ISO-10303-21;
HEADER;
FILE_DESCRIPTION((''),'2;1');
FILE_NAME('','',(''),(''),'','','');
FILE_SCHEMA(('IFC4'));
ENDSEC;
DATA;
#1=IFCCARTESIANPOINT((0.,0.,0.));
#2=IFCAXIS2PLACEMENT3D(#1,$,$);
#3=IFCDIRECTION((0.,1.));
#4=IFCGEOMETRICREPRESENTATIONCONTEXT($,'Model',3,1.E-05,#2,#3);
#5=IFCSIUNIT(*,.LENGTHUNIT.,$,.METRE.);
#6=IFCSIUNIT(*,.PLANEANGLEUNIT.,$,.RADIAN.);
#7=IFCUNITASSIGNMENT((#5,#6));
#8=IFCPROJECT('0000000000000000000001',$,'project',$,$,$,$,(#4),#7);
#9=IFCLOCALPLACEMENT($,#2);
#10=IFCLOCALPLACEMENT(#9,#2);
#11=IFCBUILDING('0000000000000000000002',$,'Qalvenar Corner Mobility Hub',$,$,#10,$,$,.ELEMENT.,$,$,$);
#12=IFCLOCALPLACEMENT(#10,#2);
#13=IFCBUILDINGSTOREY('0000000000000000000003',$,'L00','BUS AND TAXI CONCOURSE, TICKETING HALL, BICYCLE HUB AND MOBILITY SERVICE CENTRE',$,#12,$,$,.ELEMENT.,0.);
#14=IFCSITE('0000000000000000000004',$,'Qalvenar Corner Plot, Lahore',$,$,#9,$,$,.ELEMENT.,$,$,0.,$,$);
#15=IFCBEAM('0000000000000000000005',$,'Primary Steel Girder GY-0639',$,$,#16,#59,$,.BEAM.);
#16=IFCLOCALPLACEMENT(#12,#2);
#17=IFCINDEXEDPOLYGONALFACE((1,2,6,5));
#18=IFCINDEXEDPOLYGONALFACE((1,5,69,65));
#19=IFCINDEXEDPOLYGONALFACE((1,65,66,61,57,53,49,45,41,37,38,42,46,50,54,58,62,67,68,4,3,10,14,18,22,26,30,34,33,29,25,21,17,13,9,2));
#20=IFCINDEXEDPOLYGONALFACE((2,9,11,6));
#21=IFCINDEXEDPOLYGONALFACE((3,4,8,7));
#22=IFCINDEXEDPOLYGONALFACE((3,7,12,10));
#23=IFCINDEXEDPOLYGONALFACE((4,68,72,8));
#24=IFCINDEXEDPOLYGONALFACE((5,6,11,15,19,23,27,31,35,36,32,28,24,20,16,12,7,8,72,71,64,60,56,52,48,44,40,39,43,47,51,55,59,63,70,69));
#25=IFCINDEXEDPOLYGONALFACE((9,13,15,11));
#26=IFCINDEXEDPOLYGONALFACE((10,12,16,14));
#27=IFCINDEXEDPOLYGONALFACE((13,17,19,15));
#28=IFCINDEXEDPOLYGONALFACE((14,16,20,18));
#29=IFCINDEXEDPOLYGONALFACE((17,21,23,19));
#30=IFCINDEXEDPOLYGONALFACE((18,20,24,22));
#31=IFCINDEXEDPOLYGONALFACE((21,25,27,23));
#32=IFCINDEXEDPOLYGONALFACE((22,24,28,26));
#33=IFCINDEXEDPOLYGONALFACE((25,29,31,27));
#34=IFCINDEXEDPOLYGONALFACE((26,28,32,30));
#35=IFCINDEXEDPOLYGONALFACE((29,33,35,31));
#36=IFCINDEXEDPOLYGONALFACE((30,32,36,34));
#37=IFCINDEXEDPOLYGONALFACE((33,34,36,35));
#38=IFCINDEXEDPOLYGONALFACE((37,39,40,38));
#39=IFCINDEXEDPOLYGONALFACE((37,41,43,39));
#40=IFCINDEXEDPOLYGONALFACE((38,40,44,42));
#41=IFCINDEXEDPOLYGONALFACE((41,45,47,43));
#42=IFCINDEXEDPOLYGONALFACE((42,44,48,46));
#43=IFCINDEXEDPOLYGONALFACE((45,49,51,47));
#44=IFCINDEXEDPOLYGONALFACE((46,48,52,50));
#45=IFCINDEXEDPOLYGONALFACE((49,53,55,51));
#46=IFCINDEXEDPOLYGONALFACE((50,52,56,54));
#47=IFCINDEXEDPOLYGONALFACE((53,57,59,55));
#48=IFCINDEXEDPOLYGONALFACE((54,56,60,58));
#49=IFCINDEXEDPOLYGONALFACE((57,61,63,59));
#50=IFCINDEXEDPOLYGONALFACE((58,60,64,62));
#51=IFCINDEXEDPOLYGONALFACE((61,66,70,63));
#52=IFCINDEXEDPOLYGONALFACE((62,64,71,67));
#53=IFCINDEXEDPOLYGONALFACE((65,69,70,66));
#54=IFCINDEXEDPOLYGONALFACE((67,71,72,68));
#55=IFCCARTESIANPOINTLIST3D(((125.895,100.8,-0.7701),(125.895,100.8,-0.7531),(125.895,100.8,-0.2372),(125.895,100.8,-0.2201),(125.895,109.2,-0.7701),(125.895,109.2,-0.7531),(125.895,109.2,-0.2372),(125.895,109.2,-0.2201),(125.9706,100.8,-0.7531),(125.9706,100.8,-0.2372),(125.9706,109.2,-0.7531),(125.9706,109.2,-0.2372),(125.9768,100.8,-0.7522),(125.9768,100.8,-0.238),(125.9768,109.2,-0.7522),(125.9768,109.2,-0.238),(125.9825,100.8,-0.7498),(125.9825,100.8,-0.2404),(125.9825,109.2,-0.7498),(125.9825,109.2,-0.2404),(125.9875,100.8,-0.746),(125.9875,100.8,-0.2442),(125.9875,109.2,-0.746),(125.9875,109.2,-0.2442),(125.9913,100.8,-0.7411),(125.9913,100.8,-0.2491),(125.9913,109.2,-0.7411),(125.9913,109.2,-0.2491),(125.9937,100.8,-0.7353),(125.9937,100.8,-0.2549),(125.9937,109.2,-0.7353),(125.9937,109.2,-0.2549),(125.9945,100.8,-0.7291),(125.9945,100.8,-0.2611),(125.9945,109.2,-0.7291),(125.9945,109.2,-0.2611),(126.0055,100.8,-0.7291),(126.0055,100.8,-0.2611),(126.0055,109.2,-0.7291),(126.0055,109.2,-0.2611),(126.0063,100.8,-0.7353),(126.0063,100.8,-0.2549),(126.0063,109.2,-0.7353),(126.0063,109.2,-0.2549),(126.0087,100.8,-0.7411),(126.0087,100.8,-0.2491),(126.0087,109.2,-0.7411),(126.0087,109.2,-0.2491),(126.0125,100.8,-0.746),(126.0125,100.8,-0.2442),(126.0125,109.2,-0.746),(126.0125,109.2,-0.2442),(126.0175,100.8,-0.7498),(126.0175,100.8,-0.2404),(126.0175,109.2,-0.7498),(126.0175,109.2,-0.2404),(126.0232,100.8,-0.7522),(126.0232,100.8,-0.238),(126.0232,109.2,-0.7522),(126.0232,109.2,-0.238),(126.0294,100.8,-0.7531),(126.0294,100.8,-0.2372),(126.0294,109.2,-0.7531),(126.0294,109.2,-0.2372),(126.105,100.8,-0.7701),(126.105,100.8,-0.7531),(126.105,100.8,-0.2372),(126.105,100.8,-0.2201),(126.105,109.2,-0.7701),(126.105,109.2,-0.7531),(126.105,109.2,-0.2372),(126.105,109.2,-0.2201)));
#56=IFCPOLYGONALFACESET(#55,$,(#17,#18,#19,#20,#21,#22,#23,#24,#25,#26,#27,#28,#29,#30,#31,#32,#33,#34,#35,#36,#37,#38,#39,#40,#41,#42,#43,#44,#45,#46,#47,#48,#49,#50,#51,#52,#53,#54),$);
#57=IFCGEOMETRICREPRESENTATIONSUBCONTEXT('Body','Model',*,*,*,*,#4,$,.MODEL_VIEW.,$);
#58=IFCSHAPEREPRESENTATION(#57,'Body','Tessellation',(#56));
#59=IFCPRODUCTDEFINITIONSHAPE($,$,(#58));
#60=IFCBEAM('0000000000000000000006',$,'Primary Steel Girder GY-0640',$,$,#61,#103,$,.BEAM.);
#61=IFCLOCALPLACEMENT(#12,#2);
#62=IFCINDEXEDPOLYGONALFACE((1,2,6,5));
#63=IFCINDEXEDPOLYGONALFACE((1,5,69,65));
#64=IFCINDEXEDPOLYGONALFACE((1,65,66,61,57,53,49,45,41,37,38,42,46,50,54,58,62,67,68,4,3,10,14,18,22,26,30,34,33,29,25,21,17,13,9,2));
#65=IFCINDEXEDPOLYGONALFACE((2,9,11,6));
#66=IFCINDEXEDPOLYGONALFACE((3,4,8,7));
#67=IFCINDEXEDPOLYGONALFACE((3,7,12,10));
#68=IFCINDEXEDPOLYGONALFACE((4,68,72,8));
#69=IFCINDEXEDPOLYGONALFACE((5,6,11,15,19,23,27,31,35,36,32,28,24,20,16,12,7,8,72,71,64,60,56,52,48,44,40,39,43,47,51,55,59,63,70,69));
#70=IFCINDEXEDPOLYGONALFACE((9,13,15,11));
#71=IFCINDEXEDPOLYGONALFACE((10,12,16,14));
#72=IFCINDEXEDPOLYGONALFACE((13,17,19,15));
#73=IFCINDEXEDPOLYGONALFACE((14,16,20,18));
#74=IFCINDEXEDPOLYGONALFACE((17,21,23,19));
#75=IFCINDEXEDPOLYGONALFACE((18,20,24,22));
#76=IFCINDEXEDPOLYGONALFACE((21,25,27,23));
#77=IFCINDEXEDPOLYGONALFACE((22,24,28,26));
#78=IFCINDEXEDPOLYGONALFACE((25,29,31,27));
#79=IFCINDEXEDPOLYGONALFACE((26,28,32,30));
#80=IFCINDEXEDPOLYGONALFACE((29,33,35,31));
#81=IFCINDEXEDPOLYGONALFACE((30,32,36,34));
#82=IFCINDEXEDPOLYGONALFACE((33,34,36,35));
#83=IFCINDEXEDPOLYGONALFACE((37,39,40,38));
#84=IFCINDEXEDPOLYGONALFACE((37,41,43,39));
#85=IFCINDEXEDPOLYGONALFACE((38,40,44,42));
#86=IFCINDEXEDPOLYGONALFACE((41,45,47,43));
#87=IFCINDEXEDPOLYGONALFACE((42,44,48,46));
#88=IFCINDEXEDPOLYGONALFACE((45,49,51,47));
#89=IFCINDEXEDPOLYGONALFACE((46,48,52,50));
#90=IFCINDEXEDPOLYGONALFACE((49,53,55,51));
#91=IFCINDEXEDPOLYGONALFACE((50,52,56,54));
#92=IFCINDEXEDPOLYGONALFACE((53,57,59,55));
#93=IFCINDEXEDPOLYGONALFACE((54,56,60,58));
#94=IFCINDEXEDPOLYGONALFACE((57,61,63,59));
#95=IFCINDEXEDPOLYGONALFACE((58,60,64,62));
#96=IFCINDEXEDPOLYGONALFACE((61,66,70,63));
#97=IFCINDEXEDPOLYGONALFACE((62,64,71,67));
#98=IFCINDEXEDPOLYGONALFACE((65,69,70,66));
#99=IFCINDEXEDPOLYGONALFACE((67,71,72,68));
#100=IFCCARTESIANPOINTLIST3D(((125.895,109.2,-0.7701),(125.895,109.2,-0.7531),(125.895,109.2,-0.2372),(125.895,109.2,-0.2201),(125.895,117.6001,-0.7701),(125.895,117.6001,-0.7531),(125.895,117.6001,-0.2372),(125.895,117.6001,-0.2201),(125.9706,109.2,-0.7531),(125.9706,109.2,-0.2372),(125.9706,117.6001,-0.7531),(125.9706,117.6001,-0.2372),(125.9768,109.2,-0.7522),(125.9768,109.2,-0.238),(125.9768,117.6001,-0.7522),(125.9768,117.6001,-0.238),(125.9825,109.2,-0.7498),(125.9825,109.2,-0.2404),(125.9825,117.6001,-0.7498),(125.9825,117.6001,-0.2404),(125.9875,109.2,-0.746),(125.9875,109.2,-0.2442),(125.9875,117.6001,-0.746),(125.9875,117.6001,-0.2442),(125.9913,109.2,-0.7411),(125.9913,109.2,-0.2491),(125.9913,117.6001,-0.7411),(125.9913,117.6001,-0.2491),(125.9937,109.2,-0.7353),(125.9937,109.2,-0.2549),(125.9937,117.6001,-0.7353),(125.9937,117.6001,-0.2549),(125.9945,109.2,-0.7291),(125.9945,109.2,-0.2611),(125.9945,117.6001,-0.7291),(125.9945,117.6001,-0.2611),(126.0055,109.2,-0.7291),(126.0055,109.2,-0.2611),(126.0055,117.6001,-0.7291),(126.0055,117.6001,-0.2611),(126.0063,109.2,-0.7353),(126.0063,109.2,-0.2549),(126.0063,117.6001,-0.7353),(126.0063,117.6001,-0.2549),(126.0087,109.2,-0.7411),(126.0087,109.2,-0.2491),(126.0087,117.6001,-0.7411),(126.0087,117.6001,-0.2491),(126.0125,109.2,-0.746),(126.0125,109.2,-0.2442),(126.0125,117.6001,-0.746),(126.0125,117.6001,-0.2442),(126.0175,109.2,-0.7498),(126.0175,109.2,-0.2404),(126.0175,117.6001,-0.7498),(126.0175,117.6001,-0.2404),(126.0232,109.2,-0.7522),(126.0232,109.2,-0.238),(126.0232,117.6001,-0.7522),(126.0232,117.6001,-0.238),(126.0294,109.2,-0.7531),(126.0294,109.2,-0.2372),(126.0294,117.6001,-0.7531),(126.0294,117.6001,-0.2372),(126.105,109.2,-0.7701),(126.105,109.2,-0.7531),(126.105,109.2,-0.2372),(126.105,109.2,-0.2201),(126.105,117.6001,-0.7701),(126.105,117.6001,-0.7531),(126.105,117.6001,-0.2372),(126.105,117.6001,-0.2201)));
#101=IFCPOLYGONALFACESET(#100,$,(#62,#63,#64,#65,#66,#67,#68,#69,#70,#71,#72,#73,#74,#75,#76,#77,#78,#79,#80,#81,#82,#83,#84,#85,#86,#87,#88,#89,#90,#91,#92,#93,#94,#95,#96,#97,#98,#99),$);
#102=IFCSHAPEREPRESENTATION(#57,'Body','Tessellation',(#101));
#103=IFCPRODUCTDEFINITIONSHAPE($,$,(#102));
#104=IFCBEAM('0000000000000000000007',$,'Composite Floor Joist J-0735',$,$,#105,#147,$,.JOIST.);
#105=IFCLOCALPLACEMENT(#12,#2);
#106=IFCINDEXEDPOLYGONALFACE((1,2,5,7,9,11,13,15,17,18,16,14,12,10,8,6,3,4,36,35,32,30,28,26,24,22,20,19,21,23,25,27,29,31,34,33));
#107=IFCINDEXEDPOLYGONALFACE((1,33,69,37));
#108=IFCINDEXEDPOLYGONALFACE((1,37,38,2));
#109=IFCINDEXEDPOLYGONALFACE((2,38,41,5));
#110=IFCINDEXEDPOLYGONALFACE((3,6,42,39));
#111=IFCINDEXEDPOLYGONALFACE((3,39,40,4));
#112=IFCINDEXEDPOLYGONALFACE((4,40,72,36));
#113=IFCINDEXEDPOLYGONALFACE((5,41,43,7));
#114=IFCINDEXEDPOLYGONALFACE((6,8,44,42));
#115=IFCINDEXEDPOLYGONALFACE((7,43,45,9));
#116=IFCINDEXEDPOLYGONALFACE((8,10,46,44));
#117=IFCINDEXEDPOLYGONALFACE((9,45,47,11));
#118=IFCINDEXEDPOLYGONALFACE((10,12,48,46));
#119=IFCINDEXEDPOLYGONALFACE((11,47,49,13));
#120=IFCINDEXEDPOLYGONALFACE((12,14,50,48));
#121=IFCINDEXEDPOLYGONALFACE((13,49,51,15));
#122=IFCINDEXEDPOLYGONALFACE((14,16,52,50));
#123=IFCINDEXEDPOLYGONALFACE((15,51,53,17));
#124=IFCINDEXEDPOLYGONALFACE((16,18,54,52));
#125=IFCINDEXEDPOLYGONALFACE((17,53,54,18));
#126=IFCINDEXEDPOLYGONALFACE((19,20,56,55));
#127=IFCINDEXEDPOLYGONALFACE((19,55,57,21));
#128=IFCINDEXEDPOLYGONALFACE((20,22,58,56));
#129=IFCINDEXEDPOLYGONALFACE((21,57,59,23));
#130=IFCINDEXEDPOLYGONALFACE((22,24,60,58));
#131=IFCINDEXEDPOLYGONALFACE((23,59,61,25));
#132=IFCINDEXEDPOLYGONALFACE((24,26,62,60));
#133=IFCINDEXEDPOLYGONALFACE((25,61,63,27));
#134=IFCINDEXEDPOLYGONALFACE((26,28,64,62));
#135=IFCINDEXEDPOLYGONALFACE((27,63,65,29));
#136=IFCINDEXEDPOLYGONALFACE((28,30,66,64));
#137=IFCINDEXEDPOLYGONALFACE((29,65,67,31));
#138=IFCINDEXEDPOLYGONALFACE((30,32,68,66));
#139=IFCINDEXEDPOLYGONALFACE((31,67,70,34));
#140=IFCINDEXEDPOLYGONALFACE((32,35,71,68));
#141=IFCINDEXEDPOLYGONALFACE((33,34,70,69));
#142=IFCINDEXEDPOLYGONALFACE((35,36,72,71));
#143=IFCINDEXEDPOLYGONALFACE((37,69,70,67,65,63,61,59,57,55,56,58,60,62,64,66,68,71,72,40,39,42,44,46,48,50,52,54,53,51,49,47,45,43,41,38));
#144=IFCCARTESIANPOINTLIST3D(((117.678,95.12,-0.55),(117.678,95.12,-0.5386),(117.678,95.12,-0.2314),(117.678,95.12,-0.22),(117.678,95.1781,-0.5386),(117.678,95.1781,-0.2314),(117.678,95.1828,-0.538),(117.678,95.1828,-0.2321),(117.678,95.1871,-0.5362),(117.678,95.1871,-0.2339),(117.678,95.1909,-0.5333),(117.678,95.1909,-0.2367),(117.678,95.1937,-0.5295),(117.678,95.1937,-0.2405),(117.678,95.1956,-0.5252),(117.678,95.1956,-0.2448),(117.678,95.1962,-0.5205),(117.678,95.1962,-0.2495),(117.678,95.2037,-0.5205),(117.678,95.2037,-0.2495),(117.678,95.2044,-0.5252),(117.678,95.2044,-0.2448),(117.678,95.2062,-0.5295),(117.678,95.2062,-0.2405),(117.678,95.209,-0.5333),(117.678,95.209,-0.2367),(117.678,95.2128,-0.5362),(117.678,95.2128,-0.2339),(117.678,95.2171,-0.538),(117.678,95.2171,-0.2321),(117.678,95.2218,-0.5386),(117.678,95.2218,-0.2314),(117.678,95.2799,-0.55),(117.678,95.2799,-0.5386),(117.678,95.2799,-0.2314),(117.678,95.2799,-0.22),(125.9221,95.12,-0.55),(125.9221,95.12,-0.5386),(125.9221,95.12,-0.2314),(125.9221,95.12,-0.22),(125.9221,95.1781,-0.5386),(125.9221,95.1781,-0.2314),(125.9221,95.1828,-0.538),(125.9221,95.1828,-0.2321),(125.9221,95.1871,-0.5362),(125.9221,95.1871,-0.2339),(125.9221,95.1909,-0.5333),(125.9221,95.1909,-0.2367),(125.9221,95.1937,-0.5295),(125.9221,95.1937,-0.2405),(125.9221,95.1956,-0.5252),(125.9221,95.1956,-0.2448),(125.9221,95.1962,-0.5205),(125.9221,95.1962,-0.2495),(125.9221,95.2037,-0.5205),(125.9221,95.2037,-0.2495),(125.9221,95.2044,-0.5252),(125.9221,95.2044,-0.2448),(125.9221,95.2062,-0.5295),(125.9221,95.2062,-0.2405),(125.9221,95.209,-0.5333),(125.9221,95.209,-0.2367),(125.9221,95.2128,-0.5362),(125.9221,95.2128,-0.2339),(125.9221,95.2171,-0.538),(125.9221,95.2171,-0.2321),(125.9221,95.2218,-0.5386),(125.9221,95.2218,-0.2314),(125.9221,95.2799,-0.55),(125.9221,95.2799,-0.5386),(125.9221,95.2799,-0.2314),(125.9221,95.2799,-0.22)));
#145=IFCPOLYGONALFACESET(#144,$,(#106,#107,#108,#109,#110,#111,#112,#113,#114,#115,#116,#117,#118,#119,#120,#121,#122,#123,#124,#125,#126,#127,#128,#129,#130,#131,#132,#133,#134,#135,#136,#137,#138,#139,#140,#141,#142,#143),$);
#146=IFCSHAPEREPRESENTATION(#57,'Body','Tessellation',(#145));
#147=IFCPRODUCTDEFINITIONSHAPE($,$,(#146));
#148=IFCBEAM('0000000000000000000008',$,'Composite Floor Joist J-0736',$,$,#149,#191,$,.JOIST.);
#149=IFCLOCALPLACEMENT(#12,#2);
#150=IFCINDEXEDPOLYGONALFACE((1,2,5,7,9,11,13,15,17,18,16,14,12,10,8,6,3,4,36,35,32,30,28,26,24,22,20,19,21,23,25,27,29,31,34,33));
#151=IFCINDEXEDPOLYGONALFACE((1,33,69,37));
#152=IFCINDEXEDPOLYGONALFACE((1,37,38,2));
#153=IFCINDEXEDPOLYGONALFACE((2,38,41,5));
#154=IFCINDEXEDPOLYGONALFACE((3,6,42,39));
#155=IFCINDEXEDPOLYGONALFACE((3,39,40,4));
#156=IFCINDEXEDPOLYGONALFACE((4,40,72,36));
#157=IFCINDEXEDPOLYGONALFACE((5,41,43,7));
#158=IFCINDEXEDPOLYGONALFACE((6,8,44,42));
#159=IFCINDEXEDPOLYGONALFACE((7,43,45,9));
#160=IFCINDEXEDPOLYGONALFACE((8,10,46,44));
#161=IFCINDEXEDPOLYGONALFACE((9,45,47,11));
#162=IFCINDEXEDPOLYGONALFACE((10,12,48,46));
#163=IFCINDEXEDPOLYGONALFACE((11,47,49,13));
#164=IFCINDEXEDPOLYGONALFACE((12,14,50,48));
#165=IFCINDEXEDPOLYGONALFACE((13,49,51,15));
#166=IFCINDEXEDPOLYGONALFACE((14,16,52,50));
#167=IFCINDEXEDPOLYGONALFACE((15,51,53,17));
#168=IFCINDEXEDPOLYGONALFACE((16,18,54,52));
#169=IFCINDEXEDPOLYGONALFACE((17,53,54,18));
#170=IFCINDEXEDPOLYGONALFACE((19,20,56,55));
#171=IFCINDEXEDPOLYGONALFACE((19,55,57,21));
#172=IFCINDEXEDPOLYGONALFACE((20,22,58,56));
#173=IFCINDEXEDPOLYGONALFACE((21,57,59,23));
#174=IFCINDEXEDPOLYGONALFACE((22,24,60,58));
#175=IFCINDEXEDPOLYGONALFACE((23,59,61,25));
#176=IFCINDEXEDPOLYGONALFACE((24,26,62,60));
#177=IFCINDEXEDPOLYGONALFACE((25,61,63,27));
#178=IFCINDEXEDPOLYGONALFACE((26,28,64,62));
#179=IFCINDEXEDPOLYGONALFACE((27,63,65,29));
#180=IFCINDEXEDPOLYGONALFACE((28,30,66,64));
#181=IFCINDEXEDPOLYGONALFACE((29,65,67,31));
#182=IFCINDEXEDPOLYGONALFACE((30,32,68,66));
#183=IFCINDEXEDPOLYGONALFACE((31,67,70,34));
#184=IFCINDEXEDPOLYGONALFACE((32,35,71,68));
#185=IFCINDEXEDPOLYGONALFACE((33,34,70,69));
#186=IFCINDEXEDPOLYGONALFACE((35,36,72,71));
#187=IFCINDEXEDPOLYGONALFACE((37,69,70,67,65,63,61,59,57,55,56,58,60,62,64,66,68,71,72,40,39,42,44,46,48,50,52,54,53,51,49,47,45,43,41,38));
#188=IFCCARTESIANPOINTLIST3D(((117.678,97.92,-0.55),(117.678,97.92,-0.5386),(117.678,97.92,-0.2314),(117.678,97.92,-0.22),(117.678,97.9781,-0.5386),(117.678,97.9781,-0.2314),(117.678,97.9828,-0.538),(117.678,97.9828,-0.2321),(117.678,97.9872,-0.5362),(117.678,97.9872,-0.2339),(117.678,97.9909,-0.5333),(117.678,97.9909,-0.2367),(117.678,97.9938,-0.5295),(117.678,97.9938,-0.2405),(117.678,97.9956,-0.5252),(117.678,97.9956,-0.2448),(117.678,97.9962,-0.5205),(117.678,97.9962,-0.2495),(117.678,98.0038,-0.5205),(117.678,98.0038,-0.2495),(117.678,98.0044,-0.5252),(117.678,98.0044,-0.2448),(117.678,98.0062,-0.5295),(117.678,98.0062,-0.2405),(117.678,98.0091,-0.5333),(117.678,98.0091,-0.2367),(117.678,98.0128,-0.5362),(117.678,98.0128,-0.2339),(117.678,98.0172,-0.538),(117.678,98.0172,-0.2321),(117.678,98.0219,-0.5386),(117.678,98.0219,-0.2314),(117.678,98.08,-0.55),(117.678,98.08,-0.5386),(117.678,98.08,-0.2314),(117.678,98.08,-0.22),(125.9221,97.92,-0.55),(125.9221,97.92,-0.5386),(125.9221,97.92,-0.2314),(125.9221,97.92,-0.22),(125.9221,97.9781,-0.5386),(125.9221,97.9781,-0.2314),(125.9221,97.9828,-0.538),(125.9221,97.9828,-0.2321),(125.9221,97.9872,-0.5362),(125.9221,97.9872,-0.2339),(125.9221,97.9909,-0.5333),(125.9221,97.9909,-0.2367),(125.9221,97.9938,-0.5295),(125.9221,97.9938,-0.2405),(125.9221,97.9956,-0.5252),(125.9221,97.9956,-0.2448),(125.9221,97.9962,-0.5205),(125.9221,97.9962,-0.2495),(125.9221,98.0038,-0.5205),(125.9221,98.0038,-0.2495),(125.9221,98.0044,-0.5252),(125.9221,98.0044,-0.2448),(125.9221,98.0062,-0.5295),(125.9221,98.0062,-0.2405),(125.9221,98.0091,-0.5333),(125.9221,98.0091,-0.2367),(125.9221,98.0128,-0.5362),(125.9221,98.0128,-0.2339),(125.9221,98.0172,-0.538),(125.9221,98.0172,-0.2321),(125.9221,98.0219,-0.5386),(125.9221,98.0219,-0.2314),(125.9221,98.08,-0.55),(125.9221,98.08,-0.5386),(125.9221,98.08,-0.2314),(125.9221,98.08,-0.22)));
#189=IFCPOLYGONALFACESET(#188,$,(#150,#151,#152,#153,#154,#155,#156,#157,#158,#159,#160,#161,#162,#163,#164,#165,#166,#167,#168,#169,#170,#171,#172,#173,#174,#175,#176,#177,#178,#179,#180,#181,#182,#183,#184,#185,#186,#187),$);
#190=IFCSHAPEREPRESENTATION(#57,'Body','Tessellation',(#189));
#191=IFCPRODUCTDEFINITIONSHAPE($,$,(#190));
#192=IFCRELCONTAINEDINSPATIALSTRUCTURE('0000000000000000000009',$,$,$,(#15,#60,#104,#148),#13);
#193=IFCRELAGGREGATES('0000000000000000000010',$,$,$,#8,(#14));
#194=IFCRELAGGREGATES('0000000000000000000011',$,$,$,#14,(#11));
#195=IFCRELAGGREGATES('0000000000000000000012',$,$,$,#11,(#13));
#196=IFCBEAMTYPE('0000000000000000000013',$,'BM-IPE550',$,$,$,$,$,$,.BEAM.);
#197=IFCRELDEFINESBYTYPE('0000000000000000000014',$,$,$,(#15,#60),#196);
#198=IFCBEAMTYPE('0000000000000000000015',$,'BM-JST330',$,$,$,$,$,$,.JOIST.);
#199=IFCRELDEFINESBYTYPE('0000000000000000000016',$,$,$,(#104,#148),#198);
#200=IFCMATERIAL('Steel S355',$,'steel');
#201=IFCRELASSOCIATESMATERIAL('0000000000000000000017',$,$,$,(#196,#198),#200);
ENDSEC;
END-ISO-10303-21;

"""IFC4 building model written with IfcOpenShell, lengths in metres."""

from ifc_helpers import new_model, si_unit, direction, frame, origin, origin_2d, place, context, subcontext, project, spatial, i_section, extrude, material, material_profile, profile_set, type_object, element, save


model = new_model("IFC4")

# Units and contexts
model_context = context("Model", 3, precision=1e-05, world=origin(), true_north=direction((0.0, 1.0)))
body_context = subcontext(model_context, "Body", "Model", "MODEL_VIEW")
ifc_project = project(units=[si_unit("LENGTHUNIT", "METRE"), si_unit("PLANEANGLEUNIT", "RADIAN")], contexts=[model_context])

# Site, building, storey
site_placement = place(None, origin())
site = spatial("IfcSite", under=ifc_project, at=site_placement, Name="Qalvenar Corner Plot, Lahore", CompositionType="ELEMENT", RefElevation=0.0)
building_placement = place(site_placement, origin())
building = spatial("IfcBuilding", under=site, at=building_placement, Name="Qalvenar Corner Mobility Hub", CompositionType="ELEMENT")
storey_placement = place(building_placement, origin())
storey = spatial("IfcBuildingStorey", under=building, at=storey_placement, Name="L00", Description="BUS AND TAXI CONCOURSE, TICKETING HALL, BICYCLE HUB AND MOBILITY SERVICE CENTRE", CompositionType="ELEMENT", Elevation=0.0)

# Shared definitions
ifc_material = material(Name="Steel S355", Category="steel")

# Beams
ifc_material_profile_1 = material_profile(ifc_material, i_section(OverallWidth=0.21, OverallDepth=0.55, WebThickness=0.011, FlangeThickness=0.0171, FilletRadius=0.0239, at=origin_2d()), Name="IPE550")
ifc_profile_set_1 = profile_set([ifc_material_profile_1], Name="Steel S355")
beam_type_1 = type_object("IfcBeamType", Name="BM-IPE550", PredefinedType="BEAM", material=ifc_profile_set_1)
beam_1_placement = place(storey_placement, frame((126.0, 100.8, -0.4951), z_axis=(0.0, 1.0, 0.0), x_axis=(-1.0, 0.0, 0.0)))
element("IfcBeam", 1, at=beam_1_placement, inside=storey, type_object=beam_type_1, Name="Primary Steel Girder GY-0639", PredefinedType="BEAM", context=body_context, shape_type="SweptSolid", body=[
    extrude(i_section(OverallWidth=0.21, OverallDepth=0.55, WebThickness=0.011, FlangeThickness=0.0171, FilletRadius=0.0239, at=origin_2d()), origin(), (0.0, 0.0, 1.0), 8.3999),
])
beam_2_placement = place(storey_placement, frame((126.0, 109.2, -0.4951), z_axis=(0.0, 1.0, 0.0), x_axis=(-1.0, 0.0, 0.0)))
element("IfcBeam", 2, at=beam_2_placement, inside=storey, type_object=beam_type_1, Name="Primary Steel Girder GY-0640", PredefinedType="BEAM", context=body_context, shape_type="SweptSolid", body=[
    extrude(i_section(OverallWidth=0.21, OverallDepth=0.55, WebThickness=0.011, FlangeThickness=0.0171, FilletRadius=0.0239, at=origin_2d()), origin(), (0.0, 0.0, 1.0), 8.4001),
])
ifc_material_profile_2 = material_profile(ifc_material, i_section(OverallWidth=0.1599, OverallDepth=0.3301, WebThickness=0.0076, FlangeThickness=0.0115, FilletRadius=0.0181, at=origin_2d()), Name="IPE330")
ifc_profile_set_2 = profile_set([ifc_material_profile_2], Name="Steel S355")
beam_type_2 = type_object("IfcBeamType", Name="BM-JST330", PredefinedType="JOIST", material=ifc_profile_set_2)
for number, where, z_axis, x_axis, name in (
    (3, (117.678, 95.2, -0.385), (1.0, 0.0, 0.0), (0.0, 1.0, 0.0), "Composite Floor Joist J-0735"),
    (4, (117.678, 98.0, -0.385), (1.0, 0.0, 0.0), (0.0, 1.0, 0.0), "Composite Floor Joist J-0736"),
):
    element("IfcBeam", number, at=place(storey_placement, frame(where, z_axis=z_axis, x_axis=x_axis)), inside=storey, type_object=beam_type_2, Name=name, PredefinedType="JOIST", context=body_context, shape_type="SweptSolid", body=[
        extrude(i_section(OverallWidth=0.1599, OverallDepth=0.3301, WebThickness=0.0076, FlangeThickness=0.0115, FilletRadius=0.0181, at=origin_2d()), origin(), (0.0, 0.0, 1.0), 8.2441),
    ])

save(model, "model.ifc")
